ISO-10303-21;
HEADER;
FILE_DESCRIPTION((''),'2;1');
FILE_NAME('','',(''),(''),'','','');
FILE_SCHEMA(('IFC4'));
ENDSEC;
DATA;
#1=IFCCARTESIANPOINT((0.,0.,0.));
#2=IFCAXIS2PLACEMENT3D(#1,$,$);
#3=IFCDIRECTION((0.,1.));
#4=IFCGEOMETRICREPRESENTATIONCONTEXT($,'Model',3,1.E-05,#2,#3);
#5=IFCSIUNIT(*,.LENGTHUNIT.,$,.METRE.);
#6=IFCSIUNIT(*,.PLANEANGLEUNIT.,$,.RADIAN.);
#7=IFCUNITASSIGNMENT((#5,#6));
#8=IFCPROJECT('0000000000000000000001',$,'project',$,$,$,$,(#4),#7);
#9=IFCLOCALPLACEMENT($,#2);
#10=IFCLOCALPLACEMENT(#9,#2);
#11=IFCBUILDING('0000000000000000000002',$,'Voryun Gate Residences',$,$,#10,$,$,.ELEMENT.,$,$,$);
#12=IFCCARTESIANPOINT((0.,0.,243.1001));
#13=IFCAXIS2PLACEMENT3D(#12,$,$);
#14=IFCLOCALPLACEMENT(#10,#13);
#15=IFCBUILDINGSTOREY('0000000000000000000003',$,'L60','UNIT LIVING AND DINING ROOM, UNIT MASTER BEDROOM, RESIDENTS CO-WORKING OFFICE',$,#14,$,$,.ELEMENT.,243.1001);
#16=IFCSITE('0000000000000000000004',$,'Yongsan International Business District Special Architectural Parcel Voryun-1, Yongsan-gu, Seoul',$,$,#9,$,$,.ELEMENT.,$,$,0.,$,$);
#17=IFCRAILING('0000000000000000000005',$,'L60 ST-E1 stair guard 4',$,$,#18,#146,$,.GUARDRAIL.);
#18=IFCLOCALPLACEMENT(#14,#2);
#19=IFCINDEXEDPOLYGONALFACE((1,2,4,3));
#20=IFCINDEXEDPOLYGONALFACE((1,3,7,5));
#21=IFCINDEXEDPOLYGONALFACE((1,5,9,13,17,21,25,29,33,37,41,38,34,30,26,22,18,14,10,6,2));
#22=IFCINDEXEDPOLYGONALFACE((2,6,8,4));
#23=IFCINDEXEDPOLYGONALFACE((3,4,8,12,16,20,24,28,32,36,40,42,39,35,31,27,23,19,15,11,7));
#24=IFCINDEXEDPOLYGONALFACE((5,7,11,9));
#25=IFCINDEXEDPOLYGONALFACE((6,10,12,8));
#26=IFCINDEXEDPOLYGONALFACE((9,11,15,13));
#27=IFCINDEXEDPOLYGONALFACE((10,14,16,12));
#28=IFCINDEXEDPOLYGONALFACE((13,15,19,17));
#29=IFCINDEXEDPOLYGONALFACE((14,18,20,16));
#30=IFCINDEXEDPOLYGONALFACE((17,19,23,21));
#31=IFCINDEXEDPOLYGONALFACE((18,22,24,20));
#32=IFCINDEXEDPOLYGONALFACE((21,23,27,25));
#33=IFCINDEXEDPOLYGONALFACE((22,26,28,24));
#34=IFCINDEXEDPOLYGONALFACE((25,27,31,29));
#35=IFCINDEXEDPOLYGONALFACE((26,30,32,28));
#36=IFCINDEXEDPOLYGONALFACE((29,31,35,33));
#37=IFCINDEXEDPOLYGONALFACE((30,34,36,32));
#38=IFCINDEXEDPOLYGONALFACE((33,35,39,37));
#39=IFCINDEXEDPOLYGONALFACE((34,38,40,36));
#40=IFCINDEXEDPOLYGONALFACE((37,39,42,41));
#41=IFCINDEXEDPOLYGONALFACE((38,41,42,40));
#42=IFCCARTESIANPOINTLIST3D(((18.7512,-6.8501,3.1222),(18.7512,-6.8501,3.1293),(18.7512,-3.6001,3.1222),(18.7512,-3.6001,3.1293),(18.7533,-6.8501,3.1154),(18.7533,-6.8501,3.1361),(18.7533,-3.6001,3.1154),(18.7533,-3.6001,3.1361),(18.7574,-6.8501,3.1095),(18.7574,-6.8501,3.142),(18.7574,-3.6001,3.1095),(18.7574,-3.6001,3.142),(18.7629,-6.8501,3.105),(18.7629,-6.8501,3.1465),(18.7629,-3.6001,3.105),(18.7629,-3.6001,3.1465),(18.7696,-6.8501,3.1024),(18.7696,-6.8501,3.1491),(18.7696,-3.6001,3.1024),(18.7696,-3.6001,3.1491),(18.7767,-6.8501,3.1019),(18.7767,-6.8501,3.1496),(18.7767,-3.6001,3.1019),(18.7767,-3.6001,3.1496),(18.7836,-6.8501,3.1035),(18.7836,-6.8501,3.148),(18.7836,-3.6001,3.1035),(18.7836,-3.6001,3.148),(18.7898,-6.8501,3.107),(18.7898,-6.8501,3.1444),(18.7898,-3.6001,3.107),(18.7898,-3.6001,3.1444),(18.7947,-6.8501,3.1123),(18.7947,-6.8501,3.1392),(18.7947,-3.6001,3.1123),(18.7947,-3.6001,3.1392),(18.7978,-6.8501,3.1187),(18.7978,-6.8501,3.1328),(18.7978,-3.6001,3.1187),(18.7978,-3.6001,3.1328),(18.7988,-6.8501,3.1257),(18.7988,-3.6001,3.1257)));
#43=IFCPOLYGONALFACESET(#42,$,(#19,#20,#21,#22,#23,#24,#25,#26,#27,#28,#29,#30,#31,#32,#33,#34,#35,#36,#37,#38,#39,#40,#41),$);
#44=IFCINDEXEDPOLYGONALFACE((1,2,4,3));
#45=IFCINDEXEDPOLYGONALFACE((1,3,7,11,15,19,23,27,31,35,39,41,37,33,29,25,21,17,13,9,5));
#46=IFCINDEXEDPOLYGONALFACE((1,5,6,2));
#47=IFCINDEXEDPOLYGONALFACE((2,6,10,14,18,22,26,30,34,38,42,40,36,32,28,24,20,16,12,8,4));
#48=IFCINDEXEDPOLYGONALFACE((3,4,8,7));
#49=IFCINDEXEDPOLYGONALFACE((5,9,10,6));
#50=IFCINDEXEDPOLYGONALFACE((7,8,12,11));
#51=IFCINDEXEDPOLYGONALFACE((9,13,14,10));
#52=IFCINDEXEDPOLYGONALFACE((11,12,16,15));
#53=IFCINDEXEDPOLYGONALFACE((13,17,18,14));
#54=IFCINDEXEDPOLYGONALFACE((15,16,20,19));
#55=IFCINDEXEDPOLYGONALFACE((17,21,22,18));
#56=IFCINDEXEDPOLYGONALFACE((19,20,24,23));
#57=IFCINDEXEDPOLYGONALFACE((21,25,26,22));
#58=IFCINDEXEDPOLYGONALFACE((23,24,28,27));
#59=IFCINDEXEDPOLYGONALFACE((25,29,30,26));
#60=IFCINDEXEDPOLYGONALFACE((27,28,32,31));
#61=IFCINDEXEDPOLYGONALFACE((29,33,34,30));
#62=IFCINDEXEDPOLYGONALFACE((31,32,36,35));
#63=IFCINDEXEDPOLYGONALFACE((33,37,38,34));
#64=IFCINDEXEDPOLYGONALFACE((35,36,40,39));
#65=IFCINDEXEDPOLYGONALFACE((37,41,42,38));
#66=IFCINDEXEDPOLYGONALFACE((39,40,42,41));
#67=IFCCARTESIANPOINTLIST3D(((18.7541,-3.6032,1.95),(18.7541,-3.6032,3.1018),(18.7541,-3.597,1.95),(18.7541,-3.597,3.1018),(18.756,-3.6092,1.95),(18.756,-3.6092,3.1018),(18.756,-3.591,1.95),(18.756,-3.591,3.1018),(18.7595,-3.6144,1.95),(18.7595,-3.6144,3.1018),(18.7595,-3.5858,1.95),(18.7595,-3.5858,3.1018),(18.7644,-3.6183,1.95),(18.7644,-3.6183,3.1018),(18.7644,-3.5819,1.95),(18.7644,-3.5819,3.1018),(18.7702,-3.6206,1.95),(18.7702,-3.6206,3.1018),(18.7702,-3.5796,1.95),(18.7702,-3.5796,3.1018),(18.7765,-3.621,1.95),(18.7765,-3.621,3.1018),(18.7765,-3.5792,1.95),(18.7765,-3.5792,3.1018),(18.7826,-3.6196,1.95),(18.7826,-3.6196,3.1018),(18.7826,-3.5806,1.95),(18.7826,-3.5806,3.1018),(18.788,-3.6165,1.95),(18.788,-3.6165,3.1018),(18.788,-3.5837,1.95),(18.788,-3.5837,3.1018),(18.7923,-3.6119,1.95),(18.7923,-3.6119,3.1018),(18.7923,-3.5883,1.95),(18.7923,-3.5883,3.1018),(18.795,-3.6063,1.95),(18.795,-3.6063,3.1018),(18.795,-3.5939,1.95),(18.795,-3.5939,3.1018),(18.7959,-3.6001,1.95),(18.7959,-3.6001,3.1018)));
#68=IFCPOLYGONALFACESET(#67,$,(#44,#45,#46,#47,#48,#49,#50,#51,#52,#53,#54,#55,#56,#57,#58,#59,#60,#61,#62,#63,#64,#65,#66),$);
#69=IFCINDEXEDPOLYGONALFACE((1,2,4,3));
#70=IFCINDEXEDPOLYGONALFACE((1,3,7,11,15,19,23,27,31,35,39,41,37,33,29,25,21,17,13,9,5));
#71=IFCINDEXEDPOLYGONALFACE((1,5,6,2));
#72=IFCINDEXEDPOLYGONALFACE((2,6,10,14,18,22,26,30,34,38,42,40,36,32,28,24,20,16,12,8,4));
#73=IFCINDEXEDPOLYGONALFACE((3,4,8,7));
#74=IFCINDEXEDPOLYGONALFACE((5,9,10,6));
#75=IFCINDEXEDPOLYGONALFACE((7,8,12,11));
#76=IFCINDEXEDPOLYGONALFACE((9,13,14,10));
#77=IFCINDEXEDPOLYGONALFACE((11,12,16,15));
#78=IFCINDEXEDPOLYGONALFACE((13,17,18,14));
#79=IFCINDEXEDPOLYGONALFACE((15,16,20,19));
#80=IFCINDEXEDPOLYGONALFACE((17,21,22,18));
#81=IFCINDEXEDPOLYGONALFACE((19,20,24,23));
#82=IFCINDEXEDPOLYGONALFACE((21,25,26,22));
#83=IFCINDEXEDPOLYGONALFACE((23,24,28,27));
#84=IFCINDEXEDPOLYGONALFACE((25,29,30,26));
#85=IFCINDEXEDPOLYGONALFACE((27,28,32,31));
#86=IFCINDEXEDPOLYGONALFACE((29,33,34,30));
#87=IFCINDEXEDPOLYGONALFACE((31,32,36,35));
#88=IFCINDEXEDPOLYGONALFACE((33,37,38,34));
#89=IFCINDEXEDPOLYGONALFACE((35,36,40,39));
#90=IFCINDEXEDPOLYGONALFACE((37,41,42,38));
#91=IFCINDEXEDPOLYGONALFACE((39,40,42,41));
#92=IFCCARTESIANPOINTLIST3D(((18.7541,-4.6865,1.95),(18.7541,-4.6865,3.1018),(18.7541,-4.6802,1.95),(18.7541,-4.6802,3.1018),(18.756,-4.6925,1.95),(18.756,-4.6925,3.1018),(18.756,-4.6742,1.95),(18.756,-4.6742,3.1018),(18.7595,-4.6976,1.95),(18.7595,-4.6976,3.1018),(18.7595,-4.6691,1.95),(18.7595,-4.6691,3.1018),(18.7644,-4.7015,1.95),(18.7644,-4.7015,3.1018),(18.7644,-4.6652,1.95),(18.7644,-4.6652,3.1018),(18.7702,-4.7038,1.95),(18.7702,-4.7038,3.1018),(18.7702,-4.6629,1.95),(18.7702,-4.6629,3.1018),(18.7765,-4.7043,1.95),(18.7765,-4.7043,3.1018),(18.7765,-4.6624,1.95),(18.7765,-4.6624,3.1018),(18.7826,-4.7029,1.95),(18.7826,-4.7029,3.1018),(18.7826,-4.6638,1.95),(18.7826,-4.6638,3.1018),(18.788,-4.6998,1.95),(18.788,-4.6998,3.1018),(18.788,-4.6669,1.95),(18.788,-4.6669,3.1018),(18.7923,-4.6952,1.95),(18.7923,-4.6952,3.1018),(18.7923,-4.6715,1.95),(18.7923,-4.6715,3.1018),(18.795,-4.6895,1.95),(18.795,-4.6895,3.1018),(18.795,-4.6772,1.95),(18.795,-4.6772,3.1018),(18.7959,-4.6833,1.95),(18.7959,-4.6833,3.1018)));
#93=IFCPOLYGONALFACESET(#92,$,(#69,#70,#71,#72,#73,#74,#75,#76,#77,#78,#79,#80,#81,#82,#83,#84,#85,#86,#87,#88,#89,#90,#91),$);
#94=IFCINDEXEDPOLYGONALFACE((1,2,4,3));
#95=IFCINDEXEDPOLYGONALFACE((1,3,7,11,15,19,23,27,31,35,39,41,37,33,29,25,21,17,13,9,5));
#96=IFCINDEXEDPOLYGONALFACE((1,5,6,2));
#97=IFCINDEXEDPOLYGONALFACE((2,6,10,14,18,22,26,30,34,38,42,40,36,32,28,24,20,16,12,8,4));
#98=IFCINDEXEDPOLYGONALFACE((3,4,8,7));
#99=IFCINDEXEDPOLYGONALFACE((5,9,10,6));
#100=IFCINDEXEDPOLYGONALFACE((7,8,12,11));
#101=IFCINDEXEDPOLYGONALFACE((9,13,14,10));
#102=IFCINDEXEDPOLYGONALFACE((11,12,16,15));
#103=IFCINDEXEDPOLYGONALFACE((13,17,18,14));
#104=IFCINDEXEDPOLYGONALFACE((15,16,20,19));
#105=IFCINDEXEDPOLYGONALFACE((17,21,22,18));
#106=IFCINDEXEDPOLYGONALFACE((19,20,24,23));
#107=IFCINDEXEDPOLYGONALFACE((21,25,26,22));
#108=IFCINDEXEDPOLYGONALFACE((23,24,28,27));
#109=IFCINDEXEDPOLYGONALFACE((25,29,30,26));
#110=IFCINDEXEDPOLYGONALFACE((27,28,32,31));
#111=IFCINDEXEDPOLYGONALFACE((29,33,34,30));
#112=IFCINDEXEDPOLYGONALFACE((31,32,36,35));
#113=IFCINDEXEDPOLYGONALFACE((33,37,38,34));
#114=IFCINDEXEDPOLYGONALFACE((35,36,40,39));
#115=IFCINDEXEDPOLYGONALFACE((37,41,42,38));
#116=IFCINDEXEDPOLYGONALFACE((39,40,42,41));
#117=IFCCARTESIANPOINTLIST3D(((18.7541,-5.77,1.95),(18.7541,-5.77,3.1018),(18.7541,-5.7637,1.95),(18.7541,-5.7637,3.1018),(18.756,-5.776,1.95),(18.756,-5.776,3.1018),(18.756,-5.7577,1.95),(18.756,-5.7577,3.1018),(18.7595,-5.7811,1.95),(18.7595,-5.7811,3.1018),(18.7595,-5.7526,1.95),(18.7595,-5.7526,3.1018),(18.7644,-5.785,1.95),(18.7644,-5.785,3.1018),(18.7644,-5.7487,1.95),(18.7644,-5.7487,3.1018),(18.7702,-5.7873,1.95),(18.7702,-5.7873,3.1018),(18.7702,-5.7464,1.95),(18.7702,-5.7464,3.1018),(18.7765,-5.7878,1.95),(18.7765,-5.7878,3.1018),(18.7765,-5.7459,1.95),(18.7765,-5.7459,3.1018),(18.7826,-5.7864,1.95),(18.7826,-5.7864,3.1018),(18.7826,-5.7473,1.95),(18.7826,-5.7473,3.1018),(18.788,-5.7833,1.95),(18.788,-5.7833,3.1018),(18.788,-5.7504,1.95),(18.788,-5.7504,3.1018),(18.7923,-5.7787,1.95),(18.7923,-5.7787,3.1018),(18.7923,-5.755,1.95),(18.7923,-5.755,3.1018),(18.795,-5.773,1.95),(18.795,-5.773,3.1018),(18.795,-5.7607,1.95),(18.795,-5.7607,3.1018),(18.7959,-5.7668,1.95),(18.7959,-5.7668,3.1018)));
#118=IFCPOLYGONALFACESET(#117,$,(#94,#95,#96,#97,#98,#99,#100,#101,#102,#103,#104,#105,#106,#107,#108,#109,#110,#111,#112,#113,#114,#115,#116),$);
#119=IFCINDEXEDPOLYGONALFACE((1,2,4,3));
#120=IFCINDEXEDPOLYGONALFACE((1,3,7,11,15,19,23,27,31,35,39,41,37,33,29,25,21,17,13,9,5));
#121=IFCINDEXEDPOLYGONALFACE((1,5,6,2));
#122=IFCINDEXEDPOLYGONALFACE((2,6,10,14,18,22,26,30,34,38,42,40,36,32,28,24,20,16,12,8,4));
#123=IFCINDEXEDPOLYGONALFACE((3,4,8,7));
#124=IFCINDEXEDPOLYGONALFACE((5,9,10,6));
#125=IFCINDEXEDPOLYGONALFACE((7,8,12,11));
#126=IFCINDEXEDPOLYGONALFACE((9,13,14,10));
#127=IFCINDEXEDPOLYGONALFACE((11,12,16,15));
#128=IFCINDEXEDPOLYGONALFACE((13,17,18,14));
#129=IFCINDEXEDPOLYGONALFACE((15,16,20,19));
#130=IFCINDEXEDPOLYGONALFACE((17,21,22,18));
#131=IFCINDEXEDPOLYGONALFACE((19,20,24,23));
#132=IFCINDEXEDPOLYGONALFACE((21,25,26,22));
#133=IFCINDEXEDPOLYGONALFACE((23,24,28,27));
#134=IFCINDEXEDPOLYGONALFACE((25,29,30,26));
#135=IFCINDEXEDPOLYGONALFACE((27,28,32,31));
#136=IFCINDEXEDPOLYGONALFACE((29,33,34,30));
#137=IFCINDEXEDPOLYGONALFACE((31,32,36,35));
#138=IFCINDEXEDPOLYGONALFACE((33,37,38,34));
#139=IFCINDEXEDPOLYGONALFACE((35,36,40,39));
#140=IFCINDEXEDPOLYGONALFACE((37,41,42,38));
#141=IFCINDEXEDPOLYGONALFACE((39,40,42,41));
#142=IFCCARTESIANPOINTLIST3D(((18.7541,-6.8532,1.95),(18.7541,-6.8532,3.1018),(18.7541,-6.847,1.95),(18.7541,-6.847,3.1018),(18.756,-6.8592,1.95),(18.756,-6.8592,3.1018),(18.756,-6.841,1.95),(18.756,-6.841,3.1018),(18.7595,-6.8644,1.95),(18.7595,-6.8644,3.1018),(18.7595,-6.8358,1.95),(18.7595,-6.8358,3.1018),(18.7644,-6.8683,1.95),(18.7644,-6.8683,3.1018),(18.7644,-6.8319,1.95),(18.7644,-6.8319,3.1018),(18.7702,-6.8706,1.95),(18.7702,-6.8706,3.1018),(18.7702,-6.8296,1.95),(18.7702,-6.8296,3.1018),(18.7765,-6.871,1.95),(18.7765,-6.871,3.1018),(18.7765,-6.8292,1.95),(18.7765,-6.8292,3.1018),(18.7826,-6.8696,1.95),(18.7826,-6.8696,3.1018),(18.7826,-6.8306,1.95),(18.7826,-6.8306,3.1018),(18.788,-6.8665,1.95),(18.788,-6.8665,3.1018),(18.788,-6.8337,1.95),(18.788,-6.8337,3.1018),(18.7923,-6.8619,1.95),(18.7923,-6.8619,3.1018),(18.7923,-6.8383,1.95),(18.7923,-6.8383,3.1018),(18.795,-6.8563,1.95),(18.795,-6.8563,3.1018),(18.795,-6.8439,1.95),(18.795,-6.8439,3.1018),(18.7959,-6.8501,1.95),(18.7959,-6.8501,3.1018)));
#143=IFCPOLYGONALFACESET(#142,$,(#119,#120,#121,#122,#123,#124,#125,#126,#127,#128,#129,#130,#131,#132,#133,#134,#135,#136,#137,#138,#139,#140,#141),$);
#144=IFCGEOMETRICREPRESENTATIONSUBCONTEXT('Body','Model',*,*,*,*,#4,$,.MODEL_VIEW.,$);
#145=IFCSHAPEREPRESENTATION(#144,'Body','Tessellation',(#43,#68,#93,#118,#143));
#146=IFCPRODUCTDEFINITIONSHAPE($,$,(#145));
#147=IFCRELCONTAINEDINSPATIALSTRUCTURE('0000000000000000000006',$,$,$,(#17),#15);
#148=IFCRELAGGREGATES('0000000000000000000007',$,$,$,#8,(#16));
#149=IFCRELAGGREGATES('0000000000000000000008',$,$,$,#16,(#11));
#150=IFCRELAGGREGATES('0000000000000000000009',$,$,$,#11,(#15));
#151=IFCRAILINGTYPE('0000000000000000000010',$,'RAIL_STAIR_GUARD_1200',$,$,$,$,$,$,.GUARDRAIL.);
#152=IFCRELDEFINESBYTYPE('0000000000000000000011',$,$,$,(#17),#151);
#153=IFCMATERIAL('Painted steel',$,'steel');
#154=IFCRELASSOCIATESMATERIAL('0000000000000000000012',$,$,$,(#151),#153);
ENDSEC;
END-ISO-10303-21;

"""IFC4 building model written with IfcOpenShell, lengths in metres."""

from ifc_helpers import new_model, si_unit, direction, frame, origin, origin_2d, place, context, subcontext, project, spatial, circle, extrude, material, type_object, element, save


model = new_model("IFC4")

# Units and contexts
model_context = context("Model", 3, precision=1e-05, world=origin(), true_north=direction((0.0, 1.0)))
body_context = subcontext(model_context, "Body", "Model", "MODEL_VIEW")
ifc_project = project(units=[si_unit("LENGTHUNIT", "METRE"), si_unit("PLANEANGLEUNIT", "RADIAN")], contexts=[model_context])

# Site, building, storey
site_placement = place(None, origin())
site = spatial("IfcSite", under=ifc_project, at=site_placement, Name="Yongsan International Business District Special Architectural Parcel Voryun-1, Yongsan-gu, Seoul", CompositionType="ELEMENT", RefElevation=0.0)
building_placement = place(site_placement, origin())
building = spatial("IfcBuilding", under=site, at=building_placement, Name="Voryun Gate Residences", CompositionType="ELEMENT")
storey_placement = place(building_placement, frame((0.0, 0.0, 243.1001)))
storey = spatial("IfcBuildingStorey", under=building, at=storey_placement, Name="L60", Description="UNIT LIVING AND DINING ROOM, UNIT MASTER BEDROOM, RESIDENTS CO-WORKING OFFICE", CompositionType="ELEMENT", Elevation=243.1001)

# Railing
ifc_material_1 = material(Name="Painted steel", Category="steel")
railing_type_1 = type_object("IfcRailingType", Name="RAIL_STAIR_GUARD_1200", PredefinedType="GUARDRAIL", material=ifc_material_1)
railing_1_placement = place(storey_placement, frame((18.7749, -3.6001, 1.95)))
element("IfcRailing", 1, at=railing_1_placement, inside=storey, type_object=railing_type_1, Name="L60 ST-E1 stair guard 4", PredefinedType="GUARDRAIL", context=body_context, shape_type="SweptSolid", body=[
    extrude(circle(Radius=0.0239, at=origin_2d()), frame((0.0, 0.0, 1.1758), z_axis=(0.0, -1.0, 0.0), x_axis=(1.0, 0.0, 0.0)), (0.0, 0.0, 1.0), 3.25),
    extrude(circle(Radius=0.021, at=origin_2d()), origin(), (0.0, 0.0, 1.0), 1.1519),
    extrude(circle(Radius=0.021, at=origin_2d()), frame((0.0, -1.0833, 0.0)), (0.0, 0.0, 1.0), 1.1519),
    extrude(circle(Radius=0.021, at=origin_2d()), frame((0.0, -2.1667, 0.0)), (0.0, 0.0, 1.0), 1.1519),
    extrude(circle(Radius=0.021, at=origin_2d()), frame((0.0, -3.25, 0.0)), (0.0, 0.0, 1.0), 1.1519),
])

save(model, "model.ifc")
